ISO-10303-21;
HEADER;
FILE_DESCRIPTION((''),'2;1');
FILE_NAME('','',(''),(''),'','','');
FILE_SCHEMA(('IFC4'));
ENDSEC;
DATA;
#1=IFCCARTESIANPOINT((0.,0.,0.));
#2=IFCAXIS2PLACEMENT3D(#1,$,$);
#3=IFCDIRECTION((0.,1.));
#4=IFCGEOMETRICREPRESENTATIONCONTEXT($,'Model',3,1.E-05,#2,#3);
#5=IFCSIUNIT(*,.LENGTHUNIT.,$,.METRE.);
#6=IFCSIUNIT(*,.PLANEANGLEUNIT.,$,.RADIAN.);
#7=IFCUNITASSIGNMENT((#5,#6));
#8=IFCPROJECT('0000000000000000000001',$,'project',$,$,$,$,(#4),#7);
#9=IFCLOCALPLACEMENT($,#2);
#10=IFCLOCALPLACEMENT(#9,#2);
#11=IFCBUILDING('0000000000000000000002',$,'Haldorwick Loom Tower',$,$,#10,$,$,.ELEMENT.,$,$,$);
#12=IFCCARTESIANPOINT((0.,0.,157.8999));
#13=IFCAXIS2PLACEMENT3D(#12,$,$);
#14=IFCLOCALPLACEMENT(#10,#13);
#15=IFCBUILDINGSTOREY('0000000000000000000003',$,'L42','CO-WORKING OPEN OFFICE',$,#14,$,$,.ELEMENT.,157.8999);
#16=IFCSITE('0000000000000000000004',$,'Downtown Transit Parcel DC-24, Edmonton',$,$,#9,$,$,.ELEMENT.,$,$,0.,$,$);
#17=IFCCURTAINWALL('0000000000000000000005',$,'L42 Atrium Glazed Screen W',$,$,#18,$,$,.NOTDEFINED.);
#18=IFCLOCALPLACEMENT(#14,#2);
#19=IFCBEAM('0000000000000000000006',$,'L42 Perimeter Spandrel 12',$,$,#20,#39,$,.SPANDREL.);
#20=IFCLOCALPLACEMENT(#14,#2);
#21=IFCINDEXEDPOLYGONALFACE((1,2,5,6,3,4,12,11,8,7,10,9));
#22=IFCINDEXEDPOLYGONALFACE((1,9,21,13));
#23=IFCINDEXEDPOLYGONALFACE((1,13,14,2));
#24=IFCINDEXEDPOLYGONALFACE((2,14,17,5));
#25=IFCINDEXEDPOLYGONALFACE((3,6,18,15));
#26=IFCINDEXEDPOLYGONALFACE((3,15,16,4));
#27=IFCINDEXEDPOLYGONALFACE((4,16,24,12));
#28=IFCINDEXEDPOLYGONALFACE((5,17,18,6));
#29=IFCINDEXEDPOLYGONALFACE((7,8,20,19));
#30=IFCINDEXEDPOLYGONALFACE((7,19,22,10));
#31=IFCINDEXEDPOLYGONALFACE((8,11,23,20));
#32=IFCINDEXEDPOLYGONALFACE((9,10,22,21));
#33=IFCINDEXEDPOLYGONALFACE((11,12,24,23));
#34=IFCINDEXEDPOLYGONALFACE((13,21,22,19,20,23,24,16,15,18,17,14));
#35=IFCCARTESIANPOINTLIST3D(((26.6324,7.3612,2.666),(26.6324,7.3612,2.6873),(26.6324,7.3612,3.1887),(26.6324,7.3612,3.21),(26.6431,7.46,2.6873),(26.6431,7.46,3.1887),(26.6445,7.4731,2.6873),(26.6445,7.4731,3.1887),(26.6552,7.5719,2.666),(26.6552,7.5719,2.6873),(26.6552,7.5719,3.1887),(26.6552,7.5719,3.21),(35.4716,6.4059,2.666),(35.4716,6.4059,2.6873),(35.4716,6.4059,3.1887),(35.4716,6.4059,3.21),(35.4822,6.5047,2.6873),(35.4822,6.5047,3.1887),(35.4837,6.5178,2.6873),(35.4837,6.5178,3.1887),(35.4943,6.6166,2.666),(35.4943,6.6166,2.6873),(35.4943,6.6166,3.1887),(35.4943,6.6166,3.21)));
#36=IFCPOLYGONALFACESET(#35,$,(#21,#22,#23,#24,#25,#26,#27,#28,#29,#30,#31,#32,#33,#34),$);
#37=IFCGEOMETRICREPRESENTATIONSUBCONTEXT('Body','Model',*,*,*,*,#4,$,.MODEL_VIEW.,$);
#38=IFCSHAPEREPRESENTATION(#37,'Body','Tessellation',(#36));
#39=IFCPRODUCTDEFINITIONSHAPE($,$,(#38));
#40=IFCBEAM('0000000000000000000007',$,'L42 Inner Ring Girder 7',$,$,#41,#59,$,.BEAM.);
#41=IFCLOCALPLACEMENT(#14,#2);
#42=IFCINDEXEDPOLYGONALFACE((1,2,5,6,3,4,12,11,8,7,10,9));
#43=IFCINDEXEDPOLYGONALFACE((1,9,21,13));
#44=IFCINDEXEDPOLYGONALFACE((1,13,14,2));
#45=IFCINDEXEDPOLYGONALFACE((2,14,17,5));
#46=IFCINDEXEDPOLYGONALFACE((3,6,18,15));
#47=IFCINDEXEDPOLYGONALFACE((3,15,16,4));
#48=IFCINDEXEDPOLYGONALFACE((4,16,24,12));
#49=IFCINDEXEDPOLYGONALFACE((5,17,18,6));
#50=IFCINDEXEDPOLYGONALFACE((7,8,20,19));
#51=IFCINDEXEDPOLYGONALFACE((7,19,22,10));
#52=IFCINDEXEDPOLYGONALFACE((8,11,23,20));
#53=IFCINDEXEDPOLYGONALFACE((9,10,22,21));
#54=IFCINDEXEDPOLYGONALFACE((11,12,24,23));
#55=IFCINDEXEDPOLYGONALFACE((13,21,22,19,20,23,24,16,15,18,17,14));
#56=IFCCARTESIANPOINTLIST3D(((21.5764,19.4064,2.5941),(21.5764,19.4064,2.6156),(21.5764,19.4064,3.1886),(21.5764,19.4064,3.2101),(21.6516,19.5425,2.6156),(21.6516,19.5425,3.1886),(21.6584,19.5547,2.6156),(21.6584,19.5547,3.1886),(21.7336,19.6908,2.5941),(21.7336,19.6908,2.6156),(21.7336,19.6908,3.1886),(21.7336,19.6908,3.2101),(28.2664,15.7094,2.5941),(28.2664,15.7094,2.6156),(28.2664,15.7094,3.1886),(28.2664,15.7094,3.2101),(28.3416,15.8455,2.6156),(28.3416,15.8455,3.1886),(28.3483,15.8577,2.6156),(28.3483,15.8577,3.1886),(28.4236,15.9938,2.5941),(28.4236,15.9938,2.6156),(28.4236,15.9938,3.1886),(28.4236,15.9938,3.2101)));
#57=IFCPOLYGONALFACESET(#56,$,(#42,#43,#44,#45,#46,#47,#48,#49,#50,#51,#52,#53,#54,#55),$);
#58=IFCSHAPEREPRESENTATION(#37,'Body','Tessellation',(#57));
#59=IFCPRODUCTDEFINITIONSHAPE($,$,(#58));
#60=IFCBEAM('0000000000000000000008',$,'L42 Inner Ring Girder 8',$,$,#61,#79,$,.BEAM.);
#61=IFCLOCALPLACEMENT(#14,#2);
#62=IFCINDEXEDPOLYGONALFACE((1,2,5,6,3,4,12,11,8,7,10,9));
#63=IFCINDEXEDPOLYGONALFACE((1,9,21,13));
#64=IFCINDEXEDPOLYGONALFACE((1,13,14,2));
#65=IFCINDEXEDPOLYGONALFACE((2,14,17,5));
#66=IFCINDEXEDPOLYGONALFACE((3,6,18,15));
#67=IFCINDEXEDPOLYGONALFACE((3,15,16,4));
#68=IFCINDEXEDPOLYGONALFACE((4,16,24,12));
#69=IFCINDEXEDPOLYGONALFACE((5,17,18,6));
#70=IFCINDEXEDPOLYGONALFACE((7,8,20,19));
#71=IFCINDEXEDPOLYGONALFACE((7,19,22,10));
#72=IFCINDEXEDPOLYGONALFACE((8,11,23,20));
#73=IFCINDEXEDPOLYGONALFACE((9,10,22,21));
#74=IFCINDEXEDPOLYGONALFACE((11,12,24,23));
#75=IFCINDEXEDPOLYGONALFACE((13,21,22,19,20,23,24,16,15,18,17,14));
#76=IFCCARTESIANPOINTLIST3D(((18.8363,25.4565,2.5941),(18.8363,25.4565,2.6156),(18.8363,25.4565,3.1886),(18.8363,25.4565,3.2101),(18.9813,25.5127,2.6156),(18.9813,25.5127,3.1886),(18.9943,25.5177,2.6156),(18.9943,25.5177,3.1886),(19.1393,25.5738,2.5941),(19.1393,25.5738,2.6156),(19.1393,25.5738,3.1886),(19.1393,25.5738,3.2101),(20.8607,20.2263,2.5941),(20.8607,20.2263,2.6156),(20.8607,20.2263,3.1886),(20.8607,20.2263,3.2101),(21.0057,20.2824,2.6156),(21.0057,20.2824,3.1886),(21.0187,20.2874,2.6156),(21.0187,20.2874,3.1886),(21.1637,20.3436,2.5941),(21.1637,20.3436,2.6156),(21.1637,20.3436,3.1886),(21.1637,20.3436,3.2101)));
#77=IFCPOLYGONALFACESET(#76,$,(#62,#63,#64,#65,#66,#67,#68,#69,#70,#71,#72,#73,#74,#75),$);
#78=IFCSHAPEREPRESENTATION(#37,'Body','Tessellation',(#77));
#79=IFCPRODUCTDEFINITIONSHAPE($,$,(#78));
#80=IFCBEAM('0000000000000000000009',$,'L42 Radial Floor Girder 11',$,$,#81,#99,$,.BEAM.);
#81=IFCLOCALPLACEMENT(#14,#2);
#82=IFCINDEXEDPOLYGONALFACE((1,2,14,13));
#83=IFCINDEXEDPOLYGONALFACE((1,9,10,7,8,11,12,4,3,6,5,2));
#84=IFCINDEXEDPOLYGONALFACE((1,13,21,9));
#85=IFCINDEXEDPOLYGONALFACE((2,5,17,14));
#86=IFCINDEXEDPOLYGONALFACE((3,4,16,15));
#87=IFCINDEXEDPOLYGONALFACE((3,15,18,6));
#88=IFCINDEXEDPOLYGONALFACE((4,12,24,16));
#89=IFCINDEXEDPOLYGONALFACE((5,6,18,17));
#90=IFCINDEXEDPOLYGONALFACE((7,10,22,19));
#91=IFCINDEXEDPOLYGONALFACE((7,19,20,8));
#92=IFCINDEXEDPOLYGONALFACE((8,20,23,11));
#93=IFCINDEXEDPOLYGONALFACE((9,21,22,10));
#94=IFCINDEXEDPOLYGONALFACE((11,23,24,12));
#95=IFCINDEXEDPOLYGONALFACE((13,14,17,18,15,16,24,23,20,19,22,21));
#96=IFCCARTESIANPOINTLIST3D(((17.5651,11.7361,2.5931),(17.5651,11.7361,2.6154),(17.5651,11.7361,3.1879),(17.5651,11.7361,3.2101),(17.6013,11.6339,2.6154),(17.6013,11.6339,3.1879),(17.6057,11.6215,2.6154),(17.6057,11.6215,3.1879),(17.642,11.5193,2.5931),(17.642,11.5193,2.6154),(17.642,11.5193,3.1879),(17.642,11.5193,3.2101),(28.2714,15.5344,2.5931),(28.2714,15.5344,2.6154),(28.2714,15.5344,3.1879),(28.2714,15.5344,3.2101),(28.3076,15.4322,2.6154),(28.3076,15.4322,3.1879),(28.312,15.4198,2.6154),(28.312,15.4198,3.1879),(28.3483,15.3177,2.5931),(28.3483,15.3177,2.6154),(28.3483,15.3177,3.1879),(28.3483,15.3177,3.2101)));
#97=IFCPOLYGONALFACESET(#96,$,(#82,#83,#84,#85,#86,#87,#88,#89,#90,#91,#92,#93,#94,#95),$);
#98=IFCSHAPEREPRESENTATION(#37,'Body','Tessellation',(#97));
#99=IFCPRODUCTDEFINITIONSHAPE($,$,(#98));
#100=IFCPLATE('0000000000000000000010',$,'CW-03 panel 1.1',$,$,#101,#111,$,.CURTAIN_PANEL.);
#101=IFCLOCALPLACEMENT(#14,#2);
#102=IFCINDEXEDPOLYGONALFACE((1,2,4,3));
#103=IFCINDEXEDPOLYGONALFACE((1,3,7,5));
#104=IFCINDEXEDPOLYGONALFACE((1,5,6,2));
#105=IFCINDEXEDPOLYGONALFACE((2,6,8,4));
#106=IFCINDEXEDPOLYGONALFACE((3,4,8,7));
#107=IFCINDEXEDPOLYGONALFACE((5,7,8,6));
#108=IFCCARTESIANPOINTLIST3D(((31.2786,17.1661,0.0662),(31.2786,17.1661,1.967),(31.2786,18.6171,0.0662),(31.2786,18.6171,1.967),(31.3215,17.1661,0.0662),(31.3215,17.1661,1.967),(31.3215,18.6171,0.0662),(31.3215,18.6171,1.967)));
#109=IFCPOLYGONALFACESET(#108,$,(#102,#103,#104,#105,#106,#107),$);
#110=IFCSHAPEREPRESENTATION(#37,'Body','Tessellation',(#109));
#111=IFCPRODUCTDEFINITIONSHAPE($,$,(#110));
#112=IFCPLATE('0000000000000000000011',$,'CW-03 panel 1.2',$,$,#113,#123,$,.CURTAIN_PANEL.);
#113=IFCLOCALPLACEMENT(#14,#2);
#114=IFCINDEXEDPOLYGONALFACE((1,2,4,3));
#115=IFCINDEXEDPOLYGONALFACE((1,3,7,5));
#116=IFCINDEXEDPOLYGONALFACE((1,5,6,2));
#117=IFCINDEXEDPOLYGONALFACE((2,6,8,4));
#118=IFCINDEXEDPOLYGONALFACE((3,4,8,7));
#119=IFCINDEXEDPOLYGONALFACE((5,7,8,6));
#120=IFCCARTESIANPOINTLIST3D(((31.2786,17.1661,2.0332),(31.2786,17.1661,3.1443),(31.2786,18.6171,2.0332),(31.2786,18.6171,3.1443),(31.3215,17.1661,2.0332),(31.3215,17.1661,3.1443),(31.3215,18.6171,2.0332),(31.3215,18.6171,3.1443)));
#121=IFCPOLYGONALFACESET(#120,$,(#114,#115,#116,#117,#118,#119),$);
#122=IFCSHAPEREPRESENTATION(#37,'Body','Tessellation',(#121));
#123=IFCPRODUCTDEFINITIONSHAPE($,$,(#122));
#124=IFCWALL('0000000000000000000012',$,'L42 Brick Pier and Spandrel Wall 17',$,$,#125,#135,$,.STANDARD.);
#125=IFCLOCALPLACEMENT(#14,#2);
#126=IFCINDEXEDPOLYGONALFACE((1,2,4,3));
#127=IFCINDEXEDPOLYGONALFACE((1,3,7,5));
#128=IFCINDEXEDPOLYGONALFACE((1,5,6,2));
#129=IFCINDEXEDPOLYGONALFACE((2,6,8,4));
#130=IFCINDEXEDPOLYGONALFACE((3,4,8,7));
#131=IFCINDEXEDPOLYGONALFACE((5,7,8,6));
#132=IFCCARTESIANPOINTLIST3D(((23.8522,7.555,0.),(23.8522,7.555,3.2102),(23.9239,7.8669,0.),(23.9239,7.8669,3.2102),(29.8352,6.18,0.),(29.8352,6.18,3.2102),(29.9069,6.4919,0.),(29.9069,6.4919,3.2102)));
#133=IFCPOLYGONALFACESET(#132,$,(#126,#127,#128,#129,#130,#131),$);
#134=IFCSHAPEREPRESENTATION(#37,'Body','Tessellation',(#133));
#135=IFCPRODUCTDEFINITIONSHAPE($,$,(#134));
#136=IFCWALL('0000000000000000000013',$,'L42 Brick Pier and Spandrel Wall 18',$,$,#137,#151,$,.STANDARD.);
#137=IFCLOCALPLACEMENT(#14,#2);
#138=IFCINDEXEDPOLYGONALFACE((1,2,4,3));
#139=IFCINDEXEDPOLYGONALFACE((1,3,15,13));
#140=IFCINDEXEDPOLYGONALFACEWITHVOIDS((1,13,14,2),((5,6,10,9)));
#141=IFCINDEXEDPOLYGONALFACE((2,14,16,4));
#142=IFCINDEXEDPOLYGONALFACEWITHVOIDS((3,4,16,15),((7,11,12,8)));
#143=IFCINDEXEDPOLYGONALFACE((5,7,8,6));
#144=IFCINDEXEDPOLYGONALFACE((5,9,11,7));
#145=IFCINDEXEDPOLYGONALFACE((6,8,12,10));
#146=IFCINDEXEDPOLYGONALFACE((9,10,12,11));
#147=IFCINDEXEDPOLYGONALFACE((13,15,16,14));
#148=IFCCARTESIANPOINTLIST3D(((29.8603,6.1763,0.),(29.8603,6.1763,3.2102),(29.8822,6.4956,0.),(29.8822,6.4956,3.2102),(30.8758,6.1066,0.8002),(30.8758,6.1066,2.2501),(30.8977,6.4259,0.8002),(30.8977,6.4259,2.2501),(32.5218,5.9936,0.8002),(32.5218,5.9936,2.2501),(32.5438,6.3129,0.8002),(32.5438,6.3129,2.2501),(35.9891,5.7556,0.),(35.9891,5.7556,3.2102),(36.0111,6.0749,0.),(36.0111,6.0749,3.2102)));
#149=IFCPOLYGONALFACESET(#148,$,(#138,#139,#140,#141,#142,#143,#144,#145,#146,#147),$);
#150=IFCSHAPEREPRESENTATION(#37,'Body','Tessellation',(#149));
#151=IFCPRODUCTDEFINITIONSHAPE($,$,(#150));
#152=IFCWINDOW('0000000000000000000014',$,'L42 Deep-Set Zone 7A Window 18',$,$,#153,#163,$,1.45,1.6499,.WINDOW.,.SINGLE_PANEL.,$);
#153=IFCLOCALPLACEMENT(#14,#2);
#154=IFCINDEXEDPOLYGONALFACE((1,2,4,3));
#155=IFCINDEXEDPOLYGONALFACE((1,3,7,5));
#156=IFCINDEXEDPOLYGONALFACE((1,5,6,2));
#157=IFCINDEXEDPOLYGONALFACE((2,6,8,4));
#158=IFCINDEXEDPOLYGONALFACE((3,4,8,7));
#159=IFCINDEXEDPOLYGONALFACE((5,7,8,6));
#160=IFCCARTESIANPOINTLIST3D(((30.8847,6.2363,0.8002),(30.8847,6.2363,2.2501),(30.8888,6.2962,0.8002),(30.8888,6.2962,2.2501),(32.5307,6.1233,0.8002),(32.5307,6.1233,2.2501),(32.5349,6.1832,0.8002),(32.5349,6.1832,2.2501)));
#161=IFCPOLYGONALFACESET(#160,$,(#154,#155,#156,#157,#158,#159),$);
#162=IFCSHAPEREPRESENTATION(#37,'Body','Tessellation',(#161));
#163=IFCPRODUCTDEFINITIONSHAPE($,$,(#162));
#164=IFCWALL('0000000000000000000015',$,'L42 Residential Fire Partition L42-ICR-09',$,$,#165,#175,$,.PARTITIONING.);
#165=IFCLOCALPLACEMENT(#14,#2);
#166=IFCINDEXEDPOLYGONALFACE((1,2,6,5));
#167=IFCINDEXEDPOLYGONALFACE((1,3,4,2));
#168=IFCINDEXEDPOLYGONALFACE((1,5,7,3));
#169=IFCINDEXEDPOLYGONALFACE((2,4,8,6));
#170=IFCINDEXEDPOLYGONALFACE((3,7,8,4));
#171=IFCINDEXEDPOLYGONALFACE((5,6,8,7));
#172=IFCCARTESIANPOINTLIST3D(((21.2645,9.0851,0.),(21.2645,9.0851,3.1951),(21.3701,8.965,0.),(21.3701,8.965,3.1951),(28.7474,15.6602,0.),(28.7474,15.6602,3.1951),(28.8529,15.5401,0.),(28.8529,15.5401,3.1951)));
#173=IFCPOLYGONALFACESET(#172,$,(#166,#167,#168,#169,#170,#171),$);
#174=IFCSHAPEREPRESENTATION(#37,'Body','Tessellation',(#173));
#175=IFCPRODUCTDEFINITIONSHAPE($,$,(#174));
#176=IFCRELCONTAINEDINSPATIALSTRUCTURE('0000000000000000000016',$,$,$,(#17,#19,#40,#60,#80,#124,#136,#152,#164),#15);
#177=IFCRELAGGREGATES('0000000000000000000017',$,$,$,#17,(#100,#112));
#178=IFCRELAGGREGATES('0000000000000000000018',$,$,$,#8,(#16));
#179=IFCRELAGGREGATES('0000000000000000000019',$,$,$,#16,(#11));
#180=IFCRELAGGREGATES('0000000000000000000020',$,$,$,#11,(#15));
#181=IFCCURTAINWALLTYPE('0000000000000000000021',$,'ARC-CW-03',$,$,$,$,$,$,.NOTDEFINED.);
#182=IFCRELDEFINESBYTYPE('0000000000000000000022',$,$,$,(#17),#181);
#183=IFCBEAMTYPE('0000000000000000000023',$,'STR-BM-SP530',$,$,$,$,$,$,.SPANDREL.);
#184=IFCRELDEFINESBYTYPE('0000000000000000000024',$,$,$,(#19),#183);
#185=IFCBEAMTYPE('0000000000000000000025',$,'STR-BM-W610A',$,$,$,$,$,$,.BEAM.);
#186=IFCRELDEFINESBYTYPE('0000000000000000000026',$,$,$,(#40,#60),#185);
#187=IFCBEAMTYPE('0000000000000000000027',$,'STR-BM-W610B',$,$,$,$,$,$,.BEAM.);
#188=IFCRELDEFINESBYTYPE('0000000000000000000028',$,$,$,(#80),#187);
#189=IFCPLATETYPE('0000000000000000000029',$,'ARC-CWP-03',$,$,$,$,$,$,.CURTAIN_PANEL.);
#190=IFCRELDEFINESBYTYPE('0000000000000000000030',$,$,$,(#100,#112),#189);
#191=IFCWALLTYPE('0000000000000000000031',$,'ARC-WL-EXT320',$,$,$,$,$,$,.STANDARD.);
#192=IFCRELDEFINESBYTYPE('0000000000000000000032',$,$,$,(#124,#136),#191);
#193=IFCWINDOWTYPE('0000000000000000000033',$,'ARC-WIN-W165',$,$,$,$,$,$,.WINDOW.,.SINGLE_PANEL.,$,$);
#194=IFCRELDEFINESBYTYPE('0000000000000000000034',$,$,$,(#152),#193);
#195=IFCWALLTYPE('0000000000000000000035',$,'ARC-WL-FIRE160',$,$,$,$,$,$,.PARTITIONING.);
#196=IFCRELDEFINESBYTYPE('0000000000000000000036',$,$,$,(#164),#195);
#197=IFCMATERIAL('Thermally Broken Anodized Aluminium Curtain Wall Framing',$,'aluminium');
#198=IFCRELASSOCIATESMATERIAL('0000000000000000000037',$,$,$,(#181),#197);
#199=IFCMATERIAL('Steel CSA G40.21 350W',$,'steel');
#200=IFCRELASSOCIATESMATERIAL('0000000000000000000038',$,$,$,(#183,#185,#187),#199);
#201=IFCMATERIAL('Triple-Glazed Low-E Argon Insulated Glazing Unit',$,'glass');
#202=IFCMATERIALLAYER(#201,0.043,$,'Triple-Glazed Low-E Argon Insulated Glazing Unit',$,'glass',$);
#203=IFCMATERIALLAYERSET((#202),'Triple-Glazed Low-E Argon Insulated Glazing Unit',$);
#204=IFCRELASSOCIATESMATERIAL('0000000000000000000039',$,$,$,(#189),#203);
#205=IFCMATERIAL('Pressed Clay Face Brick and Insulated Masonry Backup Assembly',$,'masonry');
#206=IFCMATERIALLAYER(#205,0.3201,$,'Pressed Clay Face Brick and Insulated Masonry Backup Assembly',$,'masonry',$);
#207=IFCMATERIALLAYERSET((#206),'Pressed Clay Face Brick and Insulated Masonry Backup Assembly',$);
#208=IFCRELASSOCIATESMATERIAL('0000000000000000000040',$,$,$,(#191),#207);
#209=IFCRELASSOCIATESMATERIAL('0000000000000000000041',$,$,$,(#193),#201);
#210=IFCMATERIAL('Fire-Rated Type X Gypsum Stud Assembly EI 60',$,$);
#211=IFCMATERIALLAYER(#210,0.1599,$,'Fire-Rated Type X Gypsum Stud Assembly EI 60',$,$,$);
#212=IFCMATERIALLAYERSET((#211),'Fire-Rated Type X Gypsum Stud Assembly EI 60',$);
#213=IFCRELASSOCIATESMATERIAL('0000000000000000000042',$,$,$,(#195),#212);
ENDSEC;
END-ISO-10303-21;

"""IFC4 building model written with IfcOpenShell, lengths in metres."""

from ifc_helpers import new_model, si_unit, direction, frame, frame_2d, origin, origin_2d, place, context, subcontext, project, spatial, rectangle, i_section, extrude, material, layer, layer_set, material_profile, profile_set, type_object, element, fill, aggregate, save


model = new_model("IFC4")

# Units and contexts
model_context = context("Model", 3, precision=1e-05, world=origin(), true_north=direction((0.0, 1.0)))
body_context = subcontext(model_context, "Body", "Model", "MODEL_VIEW")
ifc_project = project(units=[si_unit("LENGTHUNIT", "METRE"), si_unit("PLANEANGLEUNIT", "RADIAN")], contexts=[model_context])

# Site, building, storey
site_placement = place(None, origin())
site = spatial("IfcSite", under=ifc_project, at=site_placement, Name="Downtown Transit Parcel DC-24, Edmonton", CompositionType="ELEMENT", RefElevation=0.0)
building_placement = place(site_placement, origin())
building = spatial("IfcBuilding", under=site, at=building_placement, Name="Haldorwick Loom Tower", CompositionType="ELEMENT")
storey_placement = place(building_placement, frame((0.0, 0.0, 157.8999)))
storey = spatial("IfcBuildingStorey", under=building, at=storey_placement, Name="L42", Description="CO-WORKING OPEN OFFICE", CompositionType="ELEMENT", Elevation=157.8999)

# Curtain wall
ifc_material_1 = material(Name="Thermally Broken Anodized Aluminium Curtain Wall Framing", Category="aluminium")
curtain_wall_type = type_object("IfcCurtainWallType", Name="ARC-CW-03", PredefinedType="NOTDEFINED", material=ifc_material_1)
curtain_wall_placement = place(storey_placement, origin())
curtain_wall = element("IfcCurtainWall", 1, at=curtain_wall_placement, inside=storey, type_object=curtain_wall_type, Name="L42 Atrium Glazed Screen W", PredefinedType="NOTDEFINED")

# Beams
ifc_material_2 = material(Name="Steel CSA G40.21 350W", Category="steel")
ifc_material_profile_1 = material_profile(ifc_material_2, i_section(OverallWidth=0.2119, OverallDepth=0.5439, WebThickness=0.0132, FlangeThickness=0.0212, at=origin_2d()), Name="W530X123", Category="steel")
ifc_profile_set_1 = profile_set([ifc_material_profile_1], Name="Steel CSA G40.21 350W")
beam_type_1 = type_object("IfcBeamType", Name="STR-BM-SP530", PredefinedType="SPANDREL", material=ifc_profile_set_1)
beam_1_placement = place(storey_placement, frame((26.6438, 7.4666, 2.938), z_axis=(0.99421, -0.107453, 0.0), x_axis=(0.107453, 0.99421, 0.0)))
element("IfcBeam", 2, at=beam_1_placement, inside=storey, type_object=beam_type_1, Name="L42 Perimeter Spandrel 12", PredefinedType="SPANDREL", context=body_context, shape_type="SweptSolid", body=[
    extrude(i_section(OverallWidth=0.2119, OverallDepth=0.5439, WebThickness=0.0132, FlangeThickness=0.0212, at=origin_2d()), origin(), (0.0, 0.0, 1.0), 8.8906),
])
ifc_material_profile_2 = material_profile(ifc_material_2, i_section(OverallWidth=0.325, OverallDepth=0.616, WebThickness=0.0139, FlangeThickness=0.0215, at=origin_2d()), Name="W610X174", Category="steel")
ifc_profile_set_2 = profile_set([ifc_material_profile_2], Name="Steel CSA G40.21 350W")
beam_type_2 = type_object("IfcBeamType", Name="STR-BM-W610A", PredefinedType="BEAM", material=ifc_profile_set_2)
beam_2_placement = place(storey_placement, frame((28.345, 15.8516, 2.9021), z_axis=(-0.875244, 0.483681, 0.0), x_axis=(-0.483681, -0.875244, 0.0)))
element("IfcBeam", 3, at=beam_2_placement, inside=storey, type_object=beam_type_2, Name="L42 Inner Ring Girder 7", PredefinedType="BEAM", context=body_context, shape_type="SweptSolid", body=[
    extrude(i_section(OverallWidth=0.325, OverallDepth=0.616, WebThickness=0.0139, FlangeThickness=0.0215, at=origin_2d()), origin(), (0.0, 0.0, 1.0), 7.6436),
])
beam_3_placement = place(storey_placement, frame((21.0122, 20.2849, 2.9021), z_axis=(-0.360965, 0.932579, 0.0), x_axis=(-0.932579, -0.360965, 0.0)))
element("IfcBeam", 4, at=beam_3_placement, inside=storey, type_object=beam_type_2, Name="L42 Inner Ring Girder 8", PredefinedType="BEAM", context=body_context, shape_type="SweptSolid", body=[
    extrude(i_section(OverallWidth=0.325, OverallDepth=0.616, WebThickness=0.0139, FlangeThickness=0.0215, at=origin_2d()), origin(), (0.0, 0.0, 1.0), 5.6084),
])
ifc_material_profile_3 = material_profile(ifc_material_2, i_section(OverallWidth=0.23, OverallDepth=0.6169, WebThickness=0.0132, FlangeThickness=0.0222, at=origin_2d()), Name="W610X140", Category="steel")
ifc_profile_set_3 = profile_set([ifc_material_profile_3], Name="Steel CSA G40.21 350W")
beam_type_3 = type_object("IfcBeamType", Name="STR-BM-W610B", PredefinedType="BEAM", material=ifc_profile_set_3)
beam_4_placement = place(storey_placement, frame((28.3098, 15.426, 2.9016), z_axis=(-0.942446, -0.334358, 0.0), x_axis=(0.334358, -0.942446, 0.0)))
element("IfcBeam", 5, at=beam_4_placement, inside=storey, type_object=beam_type_3, Name="L42 Radial Floor Girder 11", PredefinedType="BEAM", context=body_context, shape_type="SweptSolid", body=[
    extrude(i_section(OverallWidth=0.23, OverallDepth=0.6169, WebThickness=0.0132, FlangeThickness=0.0222, at=origin_2d()), origin(), (0.0, 0.0, 1.0), 11.3601),
])

# Plates
ifc_material_3 = material(Name="Triple-Glazed Low-E Argon Insulated Glazing Unit", Category="glass")
ifc_layer_1 = layer(ifc_material_3, 0.043, Name="Triple-Glazed Low-E Argon Insulated Glazing Unit", Category="glass")
ifc_layer_set_1 = layer_set([ifc_layer_1], Name="Triple-Glazed Low-E Argon Insulated Glazing Unit")
plate_type = type_object("IfcPlateType", Name="ARC-CWP-03", PredefinedType="CURTAIN_PANEL", material=ifc_layer_set_1)
plate_1_placement = place(storey_placement, frame((31.3, 17.8916, 0.0662), z_axis=(0.0, 0.0, 1.0), x_axis=(0.0, 1.0, 0.0)))
plate_1 = element("IfcPlate", 6, at=plate_1_placement, type_object=plate_type, Name="CW-03 panel 1.1", PredefinedType="CURTAIN_PANEL", context=body_context, shape_type="SweptSolid", body=[
    extrude(rectangle(XDim=1.4509, YDim=0.043, at=origin_2d()), origin(), (0.0, 0.0, 1.0), 1.9009),
])
plate_2_placement = place(storey_placement, frame((31.3, 17.8916, 2.0332), z_axis=(0.0, 0.0, 1.0), x_axis=(0.0, 1.0, 0.0)))
plate_2 = element("IfcPlate", 7, at=plate_2_placement, type_object=plate_type, Name="CW-03 panel 1.2", PredefinedType="CURTAIN_PANEL", context=body_context, shape_type="SweptSolid", body=[
    extrude(rectangle(XDim=1.4509, YDim=0.043, at=origin_2d()), origin(), (0.0, 0.0, 1.0), 1.1111),
])
aggregate(curtain_wall, [plate_1, plate_2])

# Wall
ifc_material_4 = material(Name="Pressed Clay Face Brick and Insulated Masonry Backup Assembly", Category="masonry")
ifc_layer_2 = layer(ifc_material_4, 0.3201, Name="Pressed Clay Face Brick and Insulated Masonry Backup Assembly", Category="masonry")
ifc_layer_set_2 = layer_set([ifc_layer_2], Name="Pressed Clay Face Brick and Insulated Masonry Backup Assembly")
wall_type_1 = type_object("IfcWallType", Name="ARC-WL-EXT320", PredefinedType="STANDARD", material=ifc_layer_set_2)
wall_1_placement = place(storey_placement, frame((23.8882, 7.7109, 0.0), z_axis=(0.0, 0.0, 1.0), x_axis=(0.974593, -0.223982, 0.0)))
element("IfcWall", 8, at=wall_1_placement, inside=storey, type_object=wall_type_1, Name="L42 Brick Pier and Spandrel Wall 17", PredefinedType="STANDARD", context=body_context, shape_type="SweptSolid", body=[
    extrude(rectangle(XDim=6.1389, YDim=0.3201, at=frame_2d((3.0693, 0.0))), origin(), (0.0, 0.0, 1.0), 3.2102),
])

# Wall, opening, window
wall_2_placement = place(storey_placement, frame((29.8711, 6.3359, 0.0), z_axis=(0.0, 0.0, 1.0), x_axis=(0.997653, -0.068473, 0.0)))
wall_2 = element("IfcWall", 9, at=wall_2_placement, inside=storey, type_object=wall_type_1, Name="L42 Brick Pier and Spandrel Wall 18", PredefinedType="STANDARD", context=body_context, shape_type="SweptSolid", body=[
    extrude(rectangle(XDim=6.1433, YDim=0.3201, at=frame_2d((3.0718, 0.0))), origin(), (0.0, 0.0, 1.0), 3.2102),
])
opening_placement = place(wall_2_placement, frame((1.0181, 0.0, 0.8)))
opening = element("IfcOpeningElement", 10, at=opening_placement, cuts=wall_2, PredefinedType="OPENING", context=body_context, shape_type="SweptSolid", body=[
    extrude(rectangle(XDim=1.6499, YDim=1.45, at=frame_2d((0.825, 0.7251))), frame((0.0, 0.1699, 0.0), z_axis=(0.0, -1.0, 0.0), x_axis=(1.0, 0.0, 0.0)), (0.0, 0.0, 1.0), 0.3401),
])
window_type = type_object("IfcWindowType", Name="ARC-WIN-W165", PartitioningType="SINGLE_PANEL", PredefinedType="WINDOW", material=ifc_material_3)
window_placement = place(opening_placement, origin())
window = element("IfcWindow", 11, at=window_placement, inside=storey, type_object=window_type, Name="L42 Deep-Set Zone 7A Window 18", OverallHeight=1.45, OverallWidth=1.6499, PartitioningType="SINGLE_PANEL", PredefinedType="WINDOW", context=body_context, shape_type="SweptSolid", body=[
    extrude(rectangle(XDim=1.6499, YDim=1.45, at=frame_2d((0.825, 0.7251))), frame((0.0, 0.03, 0.0), z_axis=(0.0, -1.0, 0.0), x_axis=(1.0, 0.0, 0.0)), (0.0, 0.0, 1.0), 0.0601),
])
fill(opening, window)

# Wall
ifc_material_5 = material(Name="Fire-Rated Type X Gypsum Stud Assembly EI 60")
ifc_layer_3 = layer(ifc_material_5, 0.1599, Name="Fire-Rated Type X Gypsum Stud Assembly EI 60")
ifc_layer_set_3 = layer_set([ifc_layer_3], Name="Fire-Rated Type X Gypsum Stud Assembly EI 60")
wall_type_2 = type_object("IfcWallType", Name="ARC-WL-FIRE160", PredefinedType="PARTITIONING", material=ifc_layer_set_3)
wall_3_placement = place(storey_placement, frame((28.8, 15.6001, 0.0), z_axis=(0.0, 0.0, 1.0), x_axis=(-0.7512, -0.660075, 0.0)))
element("IfcWall", 12, at=wall_3_placement, inside=storey, type_object=wall_type_2, Name="L42 Residential Fire Partition L42-ICR-09", PredefinedType="PARTITIONING", context=body_context, shape_type="SweptSolid", body=[
    extrude(rectangle(XDim=9.9612, YDim=0.1599, at=frame_2d((4.9805, 0.0))), origin(), (0.0, 0.0, 1.0), 3.1951),
])

save(model, "model.ifc")
